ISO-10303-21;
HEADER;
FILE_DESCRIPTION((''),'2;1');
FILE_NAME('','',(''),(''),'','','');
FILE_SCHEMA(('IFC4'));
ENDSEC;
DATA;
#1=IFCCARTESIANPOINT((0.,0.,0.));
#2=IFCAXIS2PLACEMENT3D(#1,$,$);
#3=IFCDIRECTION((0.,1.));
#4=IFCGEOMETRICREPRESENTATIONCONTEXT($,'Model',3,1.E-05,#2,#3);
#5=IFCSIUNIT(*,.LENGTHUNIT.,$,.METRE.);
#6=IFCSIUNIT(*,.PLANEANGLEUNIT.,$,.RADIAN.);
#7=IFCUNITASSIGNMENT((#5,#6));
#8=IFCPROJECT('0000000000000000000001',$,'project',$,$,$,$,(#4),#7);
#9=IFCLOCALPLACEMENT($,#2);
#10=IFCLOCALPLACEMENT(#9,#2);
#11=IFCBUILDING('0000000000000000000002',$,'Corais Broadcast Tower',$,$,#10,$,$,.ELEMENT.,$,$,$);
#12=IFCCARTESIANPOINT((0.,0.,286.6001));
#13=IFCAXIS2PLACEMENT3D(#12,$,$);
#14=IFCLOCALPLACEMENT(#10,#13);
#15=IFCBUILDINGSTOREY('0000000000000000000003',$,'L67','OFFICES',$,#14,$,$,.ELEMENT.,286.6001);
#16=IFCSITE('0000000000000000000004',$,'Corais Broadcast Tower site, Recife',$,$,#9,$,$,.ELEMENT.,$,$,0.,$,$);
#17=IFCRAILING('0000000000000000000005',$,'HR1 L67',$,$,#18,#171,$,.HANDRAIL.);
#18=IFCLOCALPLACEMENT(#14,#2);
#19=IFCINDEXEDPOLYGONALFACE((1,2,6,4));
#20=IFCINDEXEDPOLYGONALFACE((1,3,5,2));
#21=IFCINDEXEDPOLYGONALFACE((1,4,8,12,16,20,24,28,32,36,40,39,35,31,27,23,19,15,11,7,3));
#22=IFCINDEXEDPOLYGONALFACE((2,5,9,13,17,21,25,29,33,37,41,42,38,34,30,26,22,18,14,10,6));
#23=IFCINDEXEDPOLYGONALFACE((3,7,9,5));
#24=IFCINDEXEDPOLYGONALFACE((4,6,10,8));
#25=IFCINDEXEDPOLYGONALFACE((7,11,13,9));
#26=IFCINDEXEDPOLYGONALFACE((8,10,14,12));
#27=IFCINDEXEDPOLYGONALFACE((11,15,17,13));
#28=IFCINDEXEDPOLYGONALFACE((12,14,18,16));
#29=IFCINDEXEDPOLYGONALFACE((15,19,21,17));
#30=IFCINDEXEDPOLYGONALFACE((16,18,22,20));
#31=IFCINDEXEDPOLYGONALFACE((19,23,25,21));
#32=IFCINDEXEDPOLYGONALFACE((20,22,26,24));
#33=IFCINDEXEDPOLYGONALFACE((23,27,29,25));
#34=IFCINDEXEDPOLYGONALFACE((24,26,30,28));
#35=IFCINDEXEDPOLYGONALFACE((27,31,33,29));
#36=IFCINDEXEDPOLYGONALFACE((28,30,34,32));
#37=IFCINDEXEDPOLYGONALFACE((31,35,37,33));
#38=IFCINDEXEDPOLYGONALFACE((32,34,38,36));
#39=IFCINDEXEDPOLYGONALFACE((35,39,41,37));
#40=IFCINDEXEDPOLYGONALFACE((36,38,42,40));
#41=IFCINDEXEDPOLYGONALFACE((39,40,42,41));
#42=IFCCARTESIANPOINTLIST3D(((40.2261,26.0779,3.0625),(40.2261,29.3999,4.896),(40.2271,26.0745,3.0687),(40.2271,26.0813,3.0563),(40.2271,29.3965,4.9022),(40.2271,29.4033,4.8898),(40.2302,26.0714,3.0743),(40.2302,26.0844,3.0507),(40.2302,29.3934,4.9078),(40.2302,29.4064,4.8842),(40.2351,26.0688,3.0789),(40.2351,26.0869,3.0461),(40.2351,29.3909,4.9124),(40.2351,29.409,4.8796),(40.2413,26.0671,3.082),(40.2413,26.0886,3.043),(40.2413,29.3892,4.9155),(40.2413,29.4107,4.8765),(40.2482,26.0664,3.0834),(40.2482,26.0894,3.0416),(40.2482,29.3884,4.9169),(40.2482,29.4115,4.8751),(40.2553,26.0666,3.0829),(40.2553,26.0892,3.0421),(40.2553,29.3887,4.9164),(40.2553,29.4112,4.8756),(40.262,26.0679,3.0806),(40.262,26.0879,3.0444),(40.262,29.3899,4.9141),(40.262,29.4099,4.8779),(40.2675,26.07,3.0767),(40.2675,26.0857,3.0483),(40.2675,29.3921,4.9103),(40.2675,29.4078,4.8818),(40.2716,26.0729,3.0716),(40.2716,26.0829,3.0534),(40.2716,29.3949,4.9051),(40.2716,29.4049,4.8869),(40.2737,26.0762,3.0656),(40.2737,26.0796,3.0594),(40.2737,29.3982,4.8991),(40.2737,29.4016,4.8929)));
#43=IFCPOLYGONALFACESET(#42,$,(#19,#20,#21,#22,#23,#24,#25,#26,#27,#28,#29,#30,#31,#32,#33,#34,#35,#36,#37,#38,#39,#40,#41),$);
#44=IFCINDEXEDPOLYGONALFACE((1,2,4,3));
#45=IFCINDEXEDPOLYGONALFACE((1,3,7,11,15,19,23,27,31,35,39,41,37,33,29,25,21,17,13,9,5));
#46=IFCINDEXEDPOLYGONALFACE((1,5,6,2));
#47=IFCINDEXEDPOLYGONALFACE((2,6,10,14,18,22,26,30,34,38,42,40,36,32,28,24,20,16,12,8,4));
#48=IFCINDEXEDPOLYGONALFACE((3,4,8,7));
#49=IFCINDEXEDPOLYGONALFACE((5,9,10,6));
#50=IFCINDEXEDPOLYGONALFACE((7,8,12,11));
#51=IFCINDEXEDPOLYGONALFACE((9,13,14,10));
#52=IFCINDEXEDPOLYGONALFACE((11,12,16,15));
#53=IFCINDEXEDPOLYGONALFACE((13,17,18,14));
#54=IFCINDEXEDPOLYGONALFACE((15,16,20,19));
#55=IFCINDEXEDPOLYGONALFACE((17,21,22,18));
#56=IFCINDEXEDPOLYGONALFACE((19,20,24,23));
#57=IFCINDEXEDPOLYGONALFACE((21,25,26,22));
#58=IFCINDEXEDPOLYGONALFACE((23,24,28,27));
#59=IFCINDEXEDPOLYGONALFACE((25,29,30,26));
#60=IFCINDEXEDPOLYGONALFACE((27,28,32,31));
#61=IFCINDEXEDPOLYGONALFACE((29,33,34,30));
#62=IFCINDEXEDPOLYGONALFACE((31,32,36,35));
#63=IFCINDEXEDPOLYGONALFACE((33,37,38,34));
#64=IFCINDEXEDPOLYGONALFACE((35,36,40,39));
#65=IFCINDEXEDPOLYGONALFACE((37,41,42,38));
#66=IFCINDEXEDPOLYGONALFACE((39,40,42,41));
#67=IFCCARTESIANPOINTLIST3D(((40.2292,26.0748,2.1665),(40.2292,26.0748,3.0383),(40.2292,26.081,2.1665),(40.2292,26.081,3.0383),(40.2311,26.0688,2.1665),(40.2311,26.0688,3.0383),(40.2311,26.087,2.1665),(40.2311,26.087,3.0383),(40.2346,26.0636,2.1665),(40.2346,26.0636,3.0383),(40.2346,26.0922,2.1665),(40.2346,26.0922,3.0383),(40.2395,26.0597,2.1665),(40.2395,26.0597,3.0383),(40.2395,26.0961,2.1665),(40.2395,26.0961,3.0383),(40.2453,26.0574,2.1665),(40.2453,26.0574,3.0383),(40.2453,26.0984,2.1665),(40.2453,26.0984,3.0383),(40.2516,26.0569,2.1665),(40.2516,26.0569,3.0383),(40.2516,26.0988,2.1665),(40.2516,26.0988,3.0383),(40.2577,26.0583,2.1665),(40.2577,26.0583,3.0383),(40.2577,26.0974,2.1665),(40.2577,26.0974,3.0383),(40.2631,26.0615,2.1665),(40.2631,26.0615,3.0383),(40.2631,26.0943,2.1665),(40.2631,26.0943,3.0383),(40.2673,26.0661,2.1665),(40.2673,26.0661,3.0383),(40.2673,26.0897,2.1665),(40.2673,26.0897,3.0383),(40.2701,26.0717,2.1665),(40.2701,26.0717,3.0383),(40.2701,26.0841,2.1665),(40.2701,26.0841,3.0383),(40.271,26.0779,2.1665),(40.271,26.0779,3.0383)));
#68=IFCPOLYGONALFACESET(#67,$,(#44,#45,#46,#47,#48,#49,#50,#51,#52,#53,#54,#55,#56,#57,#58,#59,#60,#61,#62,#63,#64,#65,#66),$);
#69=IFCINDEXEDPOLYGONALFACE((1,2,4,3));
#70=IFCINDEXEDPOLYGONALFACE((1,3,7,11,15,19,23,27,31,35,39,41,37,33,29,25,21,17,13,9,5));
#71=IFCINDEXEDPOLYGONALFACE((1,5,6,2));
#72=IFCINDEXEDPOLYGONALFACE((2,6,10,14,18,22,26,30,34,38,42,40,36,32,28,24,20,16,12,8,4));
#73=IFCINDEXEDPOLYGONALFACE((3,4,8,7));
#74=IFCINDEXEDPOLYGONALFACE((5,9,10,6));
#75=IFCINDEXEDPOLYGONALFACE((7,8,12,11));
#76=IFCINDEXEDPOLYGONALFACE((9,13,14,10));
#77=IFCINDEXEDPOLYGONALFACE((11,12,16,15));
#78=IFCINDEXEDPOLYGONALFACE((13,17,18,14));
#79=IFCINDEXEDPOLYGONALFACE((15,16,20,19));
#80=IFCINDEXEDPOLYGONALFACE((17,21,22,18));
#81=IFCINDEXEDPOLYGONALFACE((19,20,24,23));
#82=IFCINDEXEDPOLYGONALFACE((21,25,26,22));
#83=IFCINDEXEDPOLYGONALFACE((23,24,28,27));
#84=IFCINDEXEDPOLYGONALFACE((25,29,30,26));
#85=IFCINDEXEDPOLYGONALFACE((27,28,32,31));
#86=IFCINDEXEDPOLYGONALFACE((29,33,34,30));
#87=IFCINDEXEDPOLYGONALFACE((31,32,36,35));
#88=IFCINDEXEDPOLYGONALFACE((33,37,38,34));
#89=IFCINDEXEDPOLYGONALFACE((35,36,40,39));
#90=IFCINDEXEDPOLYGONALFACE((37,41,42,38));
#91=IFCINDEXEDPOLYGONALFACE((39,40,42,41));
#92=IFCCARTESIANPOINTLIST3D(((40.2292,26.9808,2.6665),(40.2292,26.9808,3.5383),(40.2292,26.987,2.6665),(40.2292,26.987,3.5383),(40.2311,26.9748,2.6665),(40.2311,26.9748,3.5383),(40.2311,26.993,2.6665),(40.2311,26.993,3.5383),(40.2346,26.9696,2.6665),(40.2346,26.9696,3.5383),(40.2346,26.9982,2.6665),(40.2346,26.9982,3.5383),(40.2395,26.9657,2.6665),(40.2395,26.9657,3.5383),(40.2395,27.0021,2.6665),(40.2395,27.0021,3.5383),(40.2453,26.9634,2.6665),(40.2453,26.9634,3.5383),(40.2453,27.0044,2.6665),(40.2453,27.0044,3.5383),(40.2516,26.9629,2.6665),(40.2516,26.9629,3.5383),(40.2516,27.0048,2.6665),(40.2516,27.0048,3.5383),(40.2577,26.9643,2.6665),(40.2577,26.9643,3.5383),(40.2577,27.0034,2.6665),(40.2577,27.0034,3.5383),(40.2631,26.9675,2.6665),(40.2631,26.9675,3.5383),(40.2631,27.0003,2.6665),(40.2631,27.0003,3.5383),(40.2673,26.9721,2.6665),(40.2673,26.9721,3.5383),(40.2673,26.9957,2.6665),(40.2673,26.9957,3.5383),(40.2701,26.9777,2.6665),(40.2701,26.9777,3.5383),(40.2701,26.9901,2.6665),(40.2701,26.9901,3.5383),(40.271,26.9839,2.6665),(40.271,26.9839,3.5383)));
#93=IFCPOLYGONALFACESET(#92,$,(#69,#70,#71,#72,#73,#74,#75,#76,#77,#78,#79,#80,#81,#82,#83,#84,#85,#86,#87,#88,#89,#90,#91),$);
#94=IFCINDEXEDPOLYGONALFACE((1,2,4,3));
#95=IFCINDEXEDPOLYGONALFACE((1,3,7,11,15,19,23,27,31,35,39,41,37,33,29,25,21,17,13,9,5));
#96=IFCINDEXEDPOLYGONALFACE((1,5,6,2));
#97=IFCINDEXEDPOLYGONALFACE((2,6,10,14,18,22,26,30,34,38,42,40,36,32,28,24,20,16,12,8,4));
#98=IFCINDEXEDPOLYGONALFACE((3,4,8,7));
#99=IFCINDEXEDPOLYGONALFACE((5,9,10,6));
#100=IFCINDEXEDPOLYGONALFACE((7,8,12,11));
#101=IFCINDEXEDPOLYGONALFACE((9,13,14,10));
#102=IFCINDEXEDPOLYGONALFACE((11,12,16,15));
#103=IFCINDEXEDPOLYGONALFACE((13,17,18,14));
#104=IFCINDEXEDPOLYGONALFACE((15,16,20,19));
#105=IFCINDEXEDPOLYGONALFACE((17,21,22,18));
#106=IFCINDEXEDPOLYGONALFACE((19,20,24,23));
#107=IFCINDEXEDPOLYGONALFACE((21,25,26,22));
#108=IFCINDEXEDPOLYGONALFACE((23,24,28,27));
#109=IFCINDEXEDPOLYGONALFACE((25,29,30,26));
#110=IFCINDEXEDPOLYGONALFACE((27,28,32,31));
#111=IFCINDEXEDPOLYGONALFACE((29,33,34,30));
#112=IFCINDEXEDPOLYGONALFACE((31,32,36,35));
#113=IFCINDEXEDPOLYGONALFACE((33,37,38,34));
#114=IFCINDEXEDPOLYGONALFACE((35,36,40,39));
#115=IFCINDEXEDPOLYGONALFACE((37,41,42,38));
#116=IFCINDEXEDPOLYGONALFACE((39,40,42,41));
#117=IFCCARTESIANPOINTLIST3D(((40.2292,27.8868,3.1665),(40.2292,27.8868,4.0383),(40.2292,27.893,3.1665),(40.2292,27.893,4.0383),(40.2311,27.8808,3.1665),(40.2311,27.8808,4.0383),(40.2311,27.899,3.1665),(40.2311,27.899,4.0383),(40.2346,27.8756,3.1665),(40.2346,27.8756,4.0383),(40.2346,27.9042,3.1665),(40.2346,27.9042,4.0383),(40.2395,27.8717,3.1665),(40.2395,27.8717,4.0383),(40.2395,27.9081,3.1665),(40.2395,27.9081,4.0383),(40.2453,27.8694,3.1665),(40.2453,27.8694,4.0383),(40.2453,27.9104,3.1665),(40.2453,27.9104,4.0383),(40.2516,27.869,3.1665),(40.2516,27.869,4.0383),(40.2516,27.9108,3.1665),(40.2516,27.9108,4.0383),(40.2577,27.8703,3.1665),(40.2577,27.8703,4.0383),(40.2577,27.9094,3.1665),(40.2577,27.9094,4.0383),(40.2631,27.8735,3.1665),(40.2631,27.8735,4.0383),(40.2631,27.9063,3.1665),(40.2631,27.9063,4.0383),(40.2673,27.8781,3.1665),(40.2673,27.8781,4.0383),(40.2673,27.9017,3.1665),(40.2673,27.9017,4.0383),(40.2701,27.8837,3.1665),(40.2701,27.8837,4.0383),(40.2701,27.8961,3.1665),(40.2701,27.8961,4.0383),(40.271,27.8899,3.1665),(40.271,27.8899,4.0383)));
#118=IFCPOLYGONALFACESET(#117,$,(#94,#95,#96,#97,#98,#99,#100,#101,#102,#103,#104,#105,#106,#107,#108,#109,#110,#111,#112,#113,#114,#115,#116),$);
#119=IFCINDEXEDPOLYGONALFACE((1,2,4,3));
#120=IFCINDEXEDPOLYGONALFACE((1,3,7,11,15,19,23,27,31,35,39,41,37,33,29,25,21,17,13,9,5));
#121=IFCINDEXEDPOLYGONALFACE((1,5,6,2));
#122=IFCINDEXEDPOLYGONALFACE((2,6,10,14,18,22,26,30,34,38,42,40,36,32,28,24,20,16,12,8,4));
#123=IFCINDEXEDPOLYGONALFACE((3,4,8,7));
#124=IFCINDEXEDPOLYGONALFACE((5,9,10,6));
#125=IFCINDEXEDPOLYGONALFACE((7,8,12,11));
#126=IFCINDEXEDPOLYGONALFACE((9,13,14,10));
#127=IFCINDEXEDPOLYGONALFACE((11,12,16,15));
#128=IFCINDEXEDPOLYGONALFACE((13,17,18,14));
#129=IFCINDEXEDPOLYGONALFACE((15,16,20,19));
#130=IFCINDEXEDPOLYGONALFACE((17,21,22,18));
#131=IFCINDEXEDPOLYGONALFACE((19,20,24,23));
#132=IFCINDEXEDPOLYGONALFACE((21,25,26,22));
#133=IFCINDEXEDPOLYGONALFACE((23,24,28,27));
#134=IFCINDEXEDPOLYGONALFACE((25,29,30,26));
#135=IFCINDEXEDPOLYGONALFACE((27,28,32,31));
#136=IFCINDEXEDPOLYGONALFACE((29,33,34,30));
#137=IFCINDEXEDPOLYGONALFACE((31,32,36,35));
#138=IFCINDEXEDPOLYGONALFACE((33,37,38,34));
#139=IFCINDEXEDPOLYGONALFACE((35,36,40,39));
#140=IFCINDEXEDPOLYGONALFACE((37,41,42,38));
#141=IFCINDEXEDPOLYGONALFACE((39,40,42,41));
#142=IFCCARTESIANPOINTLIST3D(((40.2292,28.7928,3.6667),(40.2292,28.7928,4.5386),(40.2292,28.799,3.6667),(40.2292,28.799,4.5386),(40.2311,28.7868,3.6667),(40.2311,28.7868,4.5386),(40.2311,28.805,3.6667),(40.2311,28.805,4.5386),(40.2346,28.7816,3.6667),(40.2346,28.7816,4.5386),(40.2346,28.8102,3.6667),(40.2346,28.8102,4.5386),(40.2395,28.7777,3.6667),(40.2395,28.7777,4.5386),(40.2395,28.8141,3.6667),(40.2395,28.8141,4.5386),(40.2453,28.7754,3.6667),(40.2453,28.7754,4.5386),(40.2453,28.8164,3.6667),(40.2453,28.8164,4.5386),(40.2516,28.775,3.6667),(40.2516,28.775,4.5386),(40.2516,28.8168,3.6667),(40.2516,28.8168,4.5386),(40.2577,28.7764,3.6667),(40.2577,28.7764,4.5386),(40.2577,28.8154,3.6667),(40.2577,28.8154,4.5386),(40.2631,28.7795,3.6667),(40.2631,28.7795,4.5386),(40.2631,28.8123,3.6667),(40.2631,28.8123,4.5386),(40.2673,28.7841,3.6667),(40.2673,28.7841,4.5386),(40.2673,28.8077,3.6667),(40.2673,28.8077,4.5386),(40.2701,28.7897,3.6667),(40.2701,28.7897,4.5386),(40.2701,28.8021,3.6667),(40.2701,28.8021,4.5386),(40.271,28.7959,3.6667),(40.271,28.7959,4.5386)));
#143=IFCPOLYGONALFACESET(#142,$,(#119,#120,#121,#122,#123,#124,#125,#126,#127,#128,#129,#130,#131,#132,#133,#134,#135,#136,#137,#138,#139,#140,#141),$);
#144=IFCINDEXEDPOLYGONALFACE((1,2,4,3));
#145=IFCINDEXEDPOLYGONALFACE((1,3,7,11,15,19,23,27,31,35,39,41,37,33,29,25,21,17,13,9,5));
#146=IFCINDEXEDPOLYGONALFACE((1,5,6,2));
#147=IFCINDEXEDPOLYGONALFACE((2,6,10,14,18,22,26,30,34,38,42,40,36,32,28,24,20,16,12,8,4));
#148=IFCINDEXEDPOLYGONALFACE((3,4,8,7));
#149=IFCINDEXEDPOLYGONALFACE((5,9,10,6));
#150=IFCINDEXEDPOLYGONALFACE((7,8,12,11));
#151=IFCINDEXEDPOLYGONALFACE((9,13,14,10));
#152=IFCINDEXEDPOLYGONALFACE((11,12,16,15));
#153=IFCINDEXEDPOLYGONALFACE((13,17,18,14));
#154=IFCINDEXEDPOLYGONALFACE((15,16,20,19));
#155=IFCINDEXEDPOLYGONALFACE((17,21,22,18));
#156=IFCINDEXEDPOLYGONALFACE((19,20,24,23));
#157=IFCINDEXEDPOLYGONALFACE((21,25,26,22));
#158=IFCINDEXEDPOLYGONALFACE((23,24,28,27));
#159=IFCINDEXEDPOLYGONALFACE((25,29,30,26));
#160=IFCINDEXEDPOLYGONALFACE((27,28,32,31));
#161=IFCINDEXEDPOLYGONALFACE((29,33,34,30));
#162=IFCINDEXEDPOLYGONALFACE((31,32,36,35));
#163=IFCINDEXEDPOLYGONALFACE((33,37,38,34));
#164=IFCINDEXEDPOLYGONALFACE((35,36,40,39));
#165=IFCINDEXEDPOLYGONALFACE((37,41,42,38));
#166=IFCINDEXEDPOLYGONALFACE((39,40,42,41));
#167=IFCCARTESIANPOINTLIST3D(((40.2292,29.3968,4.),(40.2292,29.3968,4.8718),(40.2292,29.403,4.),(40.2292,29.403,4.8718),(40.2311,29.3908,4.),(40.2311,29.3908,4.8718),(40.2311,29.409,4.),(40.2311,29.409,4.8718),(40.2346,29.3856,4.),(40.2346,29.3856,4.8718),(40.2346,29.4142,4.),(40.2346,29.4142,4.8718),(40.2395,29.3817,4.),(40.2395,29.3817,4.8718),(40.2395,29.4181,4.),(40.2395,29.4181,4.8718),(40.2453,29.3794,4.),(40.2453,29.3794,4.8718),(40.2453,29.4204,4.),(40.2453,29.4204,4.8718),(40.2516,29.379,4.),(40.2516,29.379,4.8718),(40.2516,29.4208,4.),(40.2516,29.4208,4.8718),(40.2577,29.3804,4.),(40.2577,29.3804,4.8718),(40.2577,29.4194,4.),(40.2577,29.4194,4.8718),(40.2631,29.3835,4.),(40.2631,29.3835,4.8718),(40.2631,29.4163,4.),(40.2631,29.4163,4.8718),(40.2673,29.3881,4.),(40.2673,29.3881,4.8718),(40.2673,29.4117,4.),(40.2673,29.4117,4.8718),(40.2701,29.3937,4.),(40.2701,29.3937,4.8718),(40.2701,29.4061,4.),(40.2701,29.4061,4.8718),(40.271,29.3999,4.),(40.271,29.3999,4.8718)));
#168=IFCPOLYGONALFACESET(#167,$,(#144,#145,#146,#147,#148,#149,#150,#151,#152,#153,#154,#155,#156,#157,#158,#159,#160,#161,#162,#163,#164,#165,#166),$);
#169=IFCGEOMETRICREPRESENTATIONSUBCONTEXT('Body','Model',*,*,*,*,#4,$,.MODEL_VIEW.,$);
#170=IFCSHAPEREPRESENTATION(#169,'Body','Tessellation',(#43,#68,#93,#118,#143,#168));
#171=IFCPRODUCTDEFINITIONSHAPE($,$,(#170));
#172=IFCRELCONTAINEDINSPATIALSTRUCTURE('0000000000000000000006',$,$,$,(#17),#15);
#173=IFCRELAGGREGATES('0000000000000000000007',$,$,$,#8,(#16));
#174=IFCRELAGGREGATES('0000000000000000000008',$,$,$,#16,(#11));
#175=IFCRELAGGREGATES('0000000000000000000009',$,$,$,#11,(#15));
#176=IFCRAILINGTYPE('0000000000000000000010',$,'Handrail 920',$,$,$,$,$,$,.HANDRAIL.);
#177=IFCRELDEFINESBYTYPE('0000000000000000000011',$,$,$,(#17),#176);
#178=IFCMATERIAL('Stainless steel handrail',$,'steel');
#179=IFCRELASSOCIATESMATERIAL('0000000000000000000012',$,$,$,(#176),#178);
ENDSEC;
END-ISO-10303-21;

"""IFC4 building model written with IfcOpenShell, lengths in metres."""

from ifc_helpers import new_model, si_unit, direction, frame, origin, origin_2d, place, context, subcontext, project, spatial, circle, extrude, material, type_object, element, save


model = new_model("IFC4")

# Units and contexts
model_context = context("Model", 3, precision=1e-05, world=origin(), true_north=direction((0.0, 1.0)))
body_context = subcontext(model_context, "Body", "Model", "MODEL_VIEW")
ifc_project = project(units=[si_unit("LENGTHUNIT", "METRE"), si_unit("PLANEANGLEUNIT", "RADIAN")], contexts=[model_context])

# Site, building, storey
site_placement = place(None, origin())
site = spatial("IfcSite", under=ifc_project, at=site_placement, Name="Corais Broadcast Tower site, Recife", CompositionType="ELEMENT", RefElevation=0.0)
building_placement = place(site_placement, origin())
building = spatial("IfcBuilding", under=site, at=building_placement, Name="Corais Broadcast Tower", CompositionType="ELEMENT")
storey_placement = place(building_placement, frame((0.0, 0.0, 286.6001)))
storey = spatial("IfcBuildingStorey", under=building, at=storey_placement, Name="L67", Description="OFFICES", CompositionType="ELEMENT", Elevation=286.6001)

# Railing
ifc_material_1 = material(Name="Stainless steel handrail", Category="steel")
railing_type = type_object("IfcRailingType", Name="Handrail 920", PredefinedType="HANDRAIL", material=ifc_material_1)
for number, where, name in (
    (1, (40.25, 26.0779, 2.1665), "HR1 L67"),
):
    element("IfcRailing", number, at=place(storey_placement, frame(where)), inside=storey, type_object=railing_type, Name=name, PredefinedType="HANDRAIL", context=body_context, shape_type="SweptSolid", body=[
        extrude(circle(Radius=0.0239, at=origin_2d()), frame((0.0, 0.0, 0.896), z_axis=(0.0, 0.875504, 0.48321), x_axis=(-1.0, 0.0, 0.0)), (0.0, 0.0, 1.0), 3.7944),
        extrude(circle(Radius=0.021, at=origin_2d()), origin(), (0.0, 0.0, 1.0), 0.8718),
        extrude(circle(Radius=0.021, at=origin_2d()), frame((0.0, 0.906, 0.5)), (0.0, 0.0, 1.0), 0.8718),
        extrude(circle(Radius=0.021, at=origin_2d()), frame((0.0, 1.812, 1.0)), (0.0, 0.0, 1.0), 0.8718),
        extrude(circle(Radius=0.021, at=origin_2d()), frame((0.0, 2.718, 1.5002)), (0.0, 0.0, 1.0), 0.8718),
        extrude(circle(Radius=0.021, at=origin_2d()), frame((0.0, 3.322, 1.8335)), (0.0, 0.0, 1.0), 0.8718),
    ])

save(model, "model.ifc")
